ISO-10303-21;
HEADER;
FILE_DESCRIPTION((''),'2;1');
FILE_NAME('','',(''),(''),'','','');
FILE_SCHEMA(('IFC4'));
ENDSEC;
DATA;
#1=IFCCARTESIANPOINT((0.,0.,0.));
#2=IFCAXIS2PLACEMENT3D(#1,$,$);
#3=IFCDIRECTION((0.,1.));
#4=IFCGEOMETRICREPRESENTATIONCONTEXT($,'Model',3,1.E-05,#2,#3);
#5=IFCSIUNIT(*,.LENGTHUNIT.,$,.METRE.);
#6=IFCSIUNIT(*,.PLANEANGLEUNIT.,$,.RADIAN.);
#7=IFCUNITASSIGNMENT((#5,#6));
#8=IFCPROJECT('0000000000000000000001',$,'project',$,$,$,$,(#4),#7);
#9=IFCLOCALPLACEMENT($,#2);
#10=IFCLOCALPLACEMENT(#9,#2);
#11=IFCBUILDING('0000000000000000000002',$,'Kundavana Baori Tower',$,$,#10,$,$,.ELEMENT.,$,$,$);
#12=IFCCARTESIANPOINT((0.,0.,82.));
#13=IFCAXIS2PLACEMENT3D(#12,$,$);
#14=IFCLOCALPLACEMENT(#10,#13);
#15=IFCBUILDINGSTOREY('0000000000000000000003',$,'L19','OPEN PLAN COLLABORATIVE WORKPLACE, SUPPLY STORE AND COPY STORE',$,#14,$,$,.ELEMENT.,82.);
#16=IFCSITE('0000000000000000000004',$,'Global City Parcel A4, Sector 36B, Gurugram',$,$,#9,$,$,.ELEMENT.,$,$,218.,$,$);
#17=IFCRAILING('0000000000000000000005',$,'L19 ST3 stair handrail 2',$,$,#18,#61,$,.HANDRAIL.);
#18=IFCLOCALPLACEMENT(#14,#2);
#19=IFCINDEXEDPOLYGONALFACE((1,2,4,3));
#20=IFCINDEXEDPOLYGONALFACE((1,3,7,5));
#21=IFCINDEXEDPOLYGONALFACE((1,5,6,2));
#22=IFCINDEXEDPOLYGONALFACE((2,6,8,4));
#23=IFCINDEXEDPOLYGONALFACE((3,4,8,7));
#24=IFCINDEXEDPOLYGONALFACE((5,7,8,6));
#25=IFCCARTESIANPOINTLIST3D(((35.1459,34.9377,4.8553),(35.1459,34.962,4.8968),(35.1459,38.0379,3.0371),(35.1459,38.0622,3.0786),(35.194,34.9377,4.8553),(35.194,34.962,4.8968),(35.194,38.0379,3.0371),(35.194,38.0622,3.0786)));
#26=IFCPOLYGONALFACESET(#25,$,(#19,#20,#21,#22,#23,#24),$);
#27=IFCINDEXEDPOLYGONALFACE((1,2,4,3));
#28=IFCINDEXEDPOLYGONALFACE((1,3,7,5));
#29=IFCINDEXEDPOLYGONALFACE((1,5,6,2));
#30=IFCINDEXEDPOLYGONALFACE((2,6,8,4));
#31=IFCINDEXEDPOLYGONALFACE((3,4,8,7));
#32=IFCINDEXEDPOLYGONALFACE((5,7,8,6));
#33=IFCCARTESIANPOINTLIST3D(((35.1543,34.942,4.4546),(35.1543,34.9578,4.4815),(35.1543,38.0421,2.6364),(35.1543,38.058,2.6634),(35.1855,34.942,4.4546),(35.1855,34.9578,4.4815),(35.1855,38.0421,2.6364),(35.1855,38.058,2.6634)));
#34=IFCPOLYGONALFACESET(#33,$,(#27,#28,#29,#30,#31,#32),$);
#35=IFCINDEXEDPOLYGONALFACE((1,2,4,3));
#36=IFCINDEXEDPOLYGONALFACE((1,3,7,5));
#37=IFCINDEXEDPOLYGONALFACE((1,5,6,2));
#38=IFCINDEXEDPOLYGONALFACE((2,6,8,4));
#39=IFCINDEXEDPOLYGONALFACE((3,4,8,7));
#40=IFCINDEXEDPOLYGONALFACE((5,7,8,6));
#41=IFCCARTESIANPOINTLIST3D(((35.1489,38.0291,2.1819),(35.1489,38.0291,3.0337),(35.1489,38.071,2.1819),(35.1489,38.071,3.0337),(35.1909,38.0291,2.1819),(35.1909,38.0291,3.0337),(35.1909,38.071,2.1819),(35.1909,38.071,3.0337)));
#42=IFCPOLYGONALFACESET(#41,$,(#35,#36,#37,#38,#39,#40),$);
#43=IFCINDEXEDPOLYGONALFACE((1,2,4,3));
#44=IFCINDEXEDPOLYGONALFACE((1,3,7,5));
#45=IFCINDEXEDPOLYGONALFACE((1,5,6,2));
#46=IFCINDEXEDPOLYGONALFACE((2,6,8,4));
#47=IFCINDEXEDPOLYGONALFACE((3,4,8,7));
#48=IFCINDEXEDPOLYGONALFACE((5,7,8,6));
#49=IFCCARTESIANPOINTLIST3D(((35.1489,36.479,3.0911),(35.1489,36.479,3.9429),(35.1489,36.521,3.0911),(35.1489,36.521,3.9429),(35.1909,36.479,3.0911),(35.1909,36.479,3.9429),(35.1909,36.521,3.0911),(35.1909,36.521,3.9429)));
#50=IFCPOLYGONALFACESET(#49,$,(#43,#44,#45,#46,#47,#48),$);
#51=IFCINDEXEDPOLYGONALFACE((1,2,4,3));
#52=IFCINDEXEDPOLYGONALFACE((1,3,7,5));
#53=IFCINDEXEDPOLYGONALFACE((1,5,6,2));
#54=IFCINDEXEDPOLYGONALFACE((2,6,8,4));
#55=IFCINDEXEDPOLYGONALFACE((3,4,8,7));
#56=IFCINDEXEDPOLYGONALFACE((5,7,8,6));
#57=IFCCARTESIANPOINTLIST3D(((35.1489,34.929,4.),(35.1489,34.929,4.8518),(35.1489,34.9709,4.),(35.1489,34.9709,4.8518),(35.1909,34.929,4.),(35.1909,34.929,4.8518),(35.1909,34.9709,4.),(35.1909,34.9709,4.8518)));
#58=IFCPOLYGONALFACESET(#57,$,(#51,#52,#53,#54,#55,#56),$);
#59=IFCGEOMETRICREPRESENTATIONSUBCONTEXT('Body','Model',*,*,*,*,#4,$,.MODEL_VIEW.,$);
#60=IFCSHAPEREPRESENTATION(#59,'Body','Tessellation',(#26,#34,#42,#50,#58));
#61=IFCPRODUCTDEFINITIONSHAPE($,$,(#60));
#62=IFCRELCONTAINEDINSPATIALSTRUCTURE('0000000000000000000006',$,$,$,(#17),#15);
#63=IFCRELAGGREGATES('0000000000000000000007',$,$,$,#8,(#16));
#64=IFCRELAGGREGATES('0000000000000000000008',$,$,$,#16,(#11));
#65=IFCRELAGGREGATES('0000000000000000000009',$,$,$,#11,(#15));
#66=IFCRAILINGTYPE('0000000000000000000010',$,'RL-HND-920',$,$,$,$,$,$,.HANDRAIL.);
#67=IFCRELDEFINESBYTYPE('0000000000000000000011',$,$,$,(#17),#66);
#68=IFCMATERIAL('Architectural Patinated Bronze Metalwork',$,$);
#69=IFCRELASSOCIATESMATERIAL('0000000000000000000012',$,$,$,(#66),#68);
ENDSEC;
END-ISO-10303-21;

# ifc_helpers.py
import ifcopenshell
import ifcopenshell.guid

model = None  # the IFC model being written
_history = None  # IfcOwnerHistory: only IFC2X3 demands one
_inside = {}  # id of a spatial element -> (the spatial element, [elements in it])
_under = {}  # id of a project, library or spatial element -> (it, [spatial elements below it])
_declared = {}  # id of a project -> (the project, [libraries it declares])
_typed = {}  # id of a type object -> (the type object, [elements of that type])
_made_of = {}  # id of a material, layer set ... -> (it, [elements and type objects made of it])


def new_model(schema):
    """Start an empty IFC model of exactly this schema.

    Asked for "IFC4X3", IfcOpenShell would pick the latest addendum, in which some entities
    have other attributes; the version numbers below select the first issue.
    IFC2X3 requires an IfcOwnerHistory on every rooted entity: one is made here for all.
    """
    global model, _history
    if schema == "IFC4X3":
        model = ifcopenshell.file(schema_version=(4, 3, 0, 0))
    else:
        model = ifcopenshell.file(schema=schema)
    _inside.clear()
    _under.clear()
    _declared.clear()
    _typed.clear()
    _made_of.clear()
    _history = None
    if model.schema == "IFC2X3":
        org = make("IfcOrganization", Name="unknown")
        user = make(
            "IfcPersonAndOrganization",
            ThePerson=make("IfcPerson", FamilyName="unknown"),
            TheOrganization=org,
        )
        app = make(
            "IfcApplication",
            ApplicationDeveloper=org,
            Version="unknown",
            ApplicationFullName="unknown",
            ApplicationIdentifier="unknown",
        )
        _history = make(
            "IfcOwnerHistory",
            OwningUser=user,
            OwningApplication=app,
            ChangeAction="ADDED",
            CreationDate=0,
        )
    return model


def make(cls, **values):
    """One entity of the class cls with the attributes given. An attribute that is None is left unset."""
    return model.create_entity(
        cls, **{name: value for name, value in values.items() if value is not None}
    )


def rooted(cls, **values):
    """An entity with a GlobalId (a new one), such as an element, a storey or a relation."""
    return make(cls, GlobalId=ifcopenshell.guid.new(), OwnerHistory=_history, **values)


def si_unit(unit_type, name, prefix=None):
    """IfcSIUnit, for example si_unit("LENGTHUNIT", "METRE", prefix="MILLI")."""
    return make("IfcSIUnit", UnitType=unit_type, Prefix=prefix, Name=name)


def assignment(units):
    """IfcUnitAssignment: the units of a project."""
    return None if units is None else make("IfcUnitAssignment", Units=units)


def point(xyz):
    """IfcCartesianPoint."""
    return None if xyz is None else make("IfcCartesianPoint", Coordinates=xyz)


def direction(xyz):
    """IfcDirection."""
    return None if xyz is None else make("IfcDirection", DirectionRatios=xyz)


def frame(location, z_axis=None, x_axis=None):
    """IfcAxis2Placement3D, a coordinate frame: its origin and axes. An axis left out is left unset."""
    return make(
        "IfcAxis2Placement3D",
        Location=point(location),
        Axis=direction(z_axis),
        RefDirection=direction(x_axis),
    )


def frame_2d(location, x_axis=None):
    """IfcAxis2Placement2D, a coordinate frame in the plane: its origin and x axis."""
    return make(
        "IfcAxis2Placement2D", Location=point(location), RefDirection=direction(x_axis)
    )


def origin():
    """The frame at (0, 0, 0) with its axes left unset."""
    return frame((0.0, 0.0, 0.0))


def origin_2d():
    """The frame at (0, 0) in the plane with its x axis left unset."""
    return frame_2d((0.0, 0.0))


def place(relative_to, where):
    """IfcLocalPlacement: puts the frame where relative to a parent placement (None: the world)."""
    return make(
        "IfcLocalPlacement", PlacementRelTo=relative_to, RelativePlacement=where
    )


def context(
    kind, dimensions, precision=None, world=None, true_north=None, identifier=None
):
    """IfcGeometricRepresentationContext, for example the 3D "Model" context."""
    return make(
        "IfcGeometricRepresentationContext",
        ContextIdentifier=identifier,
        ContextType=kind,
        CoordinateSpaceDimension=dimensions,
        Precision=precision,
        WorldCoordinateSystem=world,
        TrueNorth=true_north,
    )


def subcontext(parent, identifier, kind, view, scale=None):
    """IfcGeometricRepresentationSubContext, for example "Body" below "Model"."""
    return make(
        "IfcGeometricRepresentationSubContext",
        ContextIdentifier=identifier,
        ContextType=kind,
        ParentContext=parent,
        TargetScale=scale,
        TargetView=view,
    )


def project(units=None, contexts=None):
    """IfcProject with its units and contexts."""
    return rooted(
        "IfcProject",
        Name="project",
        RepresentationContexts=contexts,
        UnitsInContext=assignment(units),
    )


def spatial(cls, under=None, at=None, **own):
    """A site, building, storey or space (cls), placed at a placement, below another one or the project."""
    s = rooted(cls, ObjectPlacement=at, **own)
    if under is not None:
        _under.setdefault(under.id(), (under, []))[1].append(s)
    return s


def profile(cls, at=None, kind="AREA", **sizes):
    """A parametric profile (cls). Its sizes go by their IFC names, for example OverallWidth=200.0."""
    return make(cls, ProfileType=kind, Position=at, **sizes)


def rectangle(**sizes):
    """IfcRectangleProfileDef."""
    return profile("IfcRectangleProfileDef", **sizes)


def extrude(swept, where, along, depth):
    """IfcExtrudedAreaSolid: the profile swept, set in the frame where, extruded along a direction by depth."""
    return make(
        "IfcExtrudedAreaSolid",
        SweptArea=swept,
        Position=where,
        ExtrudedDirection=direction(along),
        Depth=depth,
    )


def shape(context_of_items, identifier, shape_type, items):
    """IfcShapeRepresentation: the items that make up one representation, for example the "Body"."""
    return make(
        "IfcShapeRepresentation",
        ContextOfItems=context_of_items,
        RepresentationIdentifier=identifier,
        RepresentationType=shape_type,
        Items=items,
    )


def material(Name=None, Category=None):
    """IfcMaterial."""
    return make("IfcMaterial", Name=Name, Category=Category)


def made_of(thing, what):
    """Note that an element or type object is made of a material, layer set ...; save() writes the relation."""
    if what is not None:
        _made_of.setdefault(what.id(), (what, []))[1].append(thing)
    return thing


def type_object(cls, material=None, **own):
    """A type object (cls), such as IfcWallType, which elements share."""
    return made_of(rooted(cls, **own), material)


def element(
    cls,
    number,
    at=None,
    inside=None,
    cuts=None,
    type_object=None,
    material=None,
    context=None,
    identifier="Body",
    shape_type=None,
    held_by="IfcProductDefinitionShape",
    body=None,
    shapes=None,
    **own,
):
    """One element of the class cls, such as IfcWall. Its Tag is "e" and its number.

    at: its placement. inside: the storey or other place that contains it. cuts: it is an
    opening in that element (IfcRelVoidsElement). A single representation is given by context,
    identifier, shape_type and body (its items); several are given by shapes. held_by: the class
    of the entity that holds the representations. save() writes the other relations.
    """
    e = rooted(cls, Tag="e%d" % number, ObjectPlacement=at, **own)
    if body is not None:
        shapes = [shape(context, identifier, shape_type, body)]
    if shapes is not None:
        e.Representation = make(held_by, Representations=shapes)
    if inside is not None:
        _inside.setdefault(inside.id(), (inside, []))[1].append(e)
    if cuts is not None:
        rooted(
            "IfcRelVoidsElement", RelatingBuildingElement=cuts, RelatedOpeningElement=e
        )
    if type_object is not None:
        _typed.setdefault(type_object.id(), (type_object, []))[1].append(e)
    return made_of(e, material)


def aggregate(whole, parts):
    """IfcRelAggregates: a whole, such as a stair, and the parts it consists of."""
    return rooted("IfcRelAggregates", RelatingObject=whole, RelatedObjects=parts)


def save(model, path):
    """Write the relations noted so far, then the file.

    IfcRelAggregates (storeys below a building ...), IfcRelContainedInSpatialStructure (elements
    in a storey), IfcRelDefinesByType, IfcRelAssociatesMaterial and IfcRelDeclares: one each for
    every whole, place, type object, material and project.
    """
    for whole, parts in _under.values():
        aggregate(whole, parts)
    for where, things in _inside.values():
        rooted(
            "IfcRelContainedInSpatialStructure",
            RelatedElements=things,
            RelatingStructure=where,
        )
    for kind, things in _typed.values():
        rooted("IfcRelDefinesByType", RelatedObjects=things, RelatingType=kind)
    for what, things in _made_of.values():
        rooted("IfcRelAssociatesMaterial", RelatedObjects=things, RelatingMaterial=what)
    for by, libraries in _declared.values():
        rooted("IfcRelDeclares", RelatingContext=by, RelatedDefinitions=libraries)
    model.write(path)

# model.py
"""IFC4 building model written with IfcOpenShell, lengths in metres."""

from ifc_helpers import new_model, si_unit, direction, frame, origin, origin_2d, place, context, subcontext, project, spatial, rectangle, extrude, material, type_object, element, save


model = new_model("IFC4")

# Units and contexts
model_context = context("Model", 3, precision=1e-05, world=origin(), true_north=direction((0.0, 1.0)))
body_context = subcontext(model_context, "Body", "Model", "MODEL_VIEW")
ifc_project = project(units=[si_unit("LENGTHUNIT", "METRE"), si_unit("PLANEANGLEUNIT", "RADIAN")], contexts=[model_context])

# Site, building, storey
site_placement = place(None, origin())
site = spatial("IfcSite", under=ifc_project, at=site_placement, Name="Global City Parcel A4, Sector 36B, Gurugram", CompositionType="ELEMENT", RefElevation=218.0)
building_placement = place(site_placement, origin())
building = spatial("IfcBuilding", under=site, at=building_placement, Name="Kundavana Baori Tower", CompositionType="ELEMENT")
storey_placement = place(building_placement, frame((0.0, 0.0, 82.0)))
storey = spatial("IfcBuildingStorey", under=building, at=storey_placement, Name="L19", Description="OPEN PLAN COLLABORATIVE WORKPLACE, SUPPLY STORE AND COPY STORE", CompositionType="ELEMENT", Elevation=82.0)

# Railing
ifc_material_1 = material(Name="Architectural Patinated Bronze Metalwork")
railing_type_1 = type_object("IfcRailingType", Name="RL-HND-920", PredefinedType="HANDRAIL", material=ifc_material_1)
railing_1_placement = place(storey_placement, frame((35.1699, 38.05, 2.1819)))
element("IfcRailing", 1, at=railing_1_placement, inside=storey, type_object=railing_type_1, Name="L19 ST3 stair handrail 2", PredefinedType="HANDRAIL", context=body_context, shape_type="SweptSolid", body=[
    extrude(rectangle(XDim=0.0481, YDim=0.0481, at=origin_2d()), frame((0.0, 0.0, 0.876), z_axis=(0.0, -0.862599, 0.505889), x_axis=(1.0, 0.0, 0.0)), (0.0, 0.0, 1.0), 3.594),
    extrude(rectangle(XDim=0.0312, YDim=0.0312, at=origin_2d()), frame((0.0, 0.0, 0.468), z_axis=(0.0, -0.862599, 0.505889), x_axis=(1.0, 0.0, 0.0)), (0.0, 0.0, 1.0), 3.594),
    extrude(rectangle(XDim=0.042, YDim=0.042, at=origin_2d()), origin(), (0.0, 0.0, 1.0), 0.8518),
    extrude(rectangle(XDim=0.042, YDim=0.042, at=origin_2d()), frame((0.0, -1.55, 0.9092)), (0.0, 0.0, 1.0), 0.8518),
    extrude(rectangle(XDim=0.042, YDim=0.042, at=origin_2d()), frame((0.0, -3.1001, 1.8181)), (0.0, 0.0, 1.0), 0.8518),
])

save(model, "model.ifc")
